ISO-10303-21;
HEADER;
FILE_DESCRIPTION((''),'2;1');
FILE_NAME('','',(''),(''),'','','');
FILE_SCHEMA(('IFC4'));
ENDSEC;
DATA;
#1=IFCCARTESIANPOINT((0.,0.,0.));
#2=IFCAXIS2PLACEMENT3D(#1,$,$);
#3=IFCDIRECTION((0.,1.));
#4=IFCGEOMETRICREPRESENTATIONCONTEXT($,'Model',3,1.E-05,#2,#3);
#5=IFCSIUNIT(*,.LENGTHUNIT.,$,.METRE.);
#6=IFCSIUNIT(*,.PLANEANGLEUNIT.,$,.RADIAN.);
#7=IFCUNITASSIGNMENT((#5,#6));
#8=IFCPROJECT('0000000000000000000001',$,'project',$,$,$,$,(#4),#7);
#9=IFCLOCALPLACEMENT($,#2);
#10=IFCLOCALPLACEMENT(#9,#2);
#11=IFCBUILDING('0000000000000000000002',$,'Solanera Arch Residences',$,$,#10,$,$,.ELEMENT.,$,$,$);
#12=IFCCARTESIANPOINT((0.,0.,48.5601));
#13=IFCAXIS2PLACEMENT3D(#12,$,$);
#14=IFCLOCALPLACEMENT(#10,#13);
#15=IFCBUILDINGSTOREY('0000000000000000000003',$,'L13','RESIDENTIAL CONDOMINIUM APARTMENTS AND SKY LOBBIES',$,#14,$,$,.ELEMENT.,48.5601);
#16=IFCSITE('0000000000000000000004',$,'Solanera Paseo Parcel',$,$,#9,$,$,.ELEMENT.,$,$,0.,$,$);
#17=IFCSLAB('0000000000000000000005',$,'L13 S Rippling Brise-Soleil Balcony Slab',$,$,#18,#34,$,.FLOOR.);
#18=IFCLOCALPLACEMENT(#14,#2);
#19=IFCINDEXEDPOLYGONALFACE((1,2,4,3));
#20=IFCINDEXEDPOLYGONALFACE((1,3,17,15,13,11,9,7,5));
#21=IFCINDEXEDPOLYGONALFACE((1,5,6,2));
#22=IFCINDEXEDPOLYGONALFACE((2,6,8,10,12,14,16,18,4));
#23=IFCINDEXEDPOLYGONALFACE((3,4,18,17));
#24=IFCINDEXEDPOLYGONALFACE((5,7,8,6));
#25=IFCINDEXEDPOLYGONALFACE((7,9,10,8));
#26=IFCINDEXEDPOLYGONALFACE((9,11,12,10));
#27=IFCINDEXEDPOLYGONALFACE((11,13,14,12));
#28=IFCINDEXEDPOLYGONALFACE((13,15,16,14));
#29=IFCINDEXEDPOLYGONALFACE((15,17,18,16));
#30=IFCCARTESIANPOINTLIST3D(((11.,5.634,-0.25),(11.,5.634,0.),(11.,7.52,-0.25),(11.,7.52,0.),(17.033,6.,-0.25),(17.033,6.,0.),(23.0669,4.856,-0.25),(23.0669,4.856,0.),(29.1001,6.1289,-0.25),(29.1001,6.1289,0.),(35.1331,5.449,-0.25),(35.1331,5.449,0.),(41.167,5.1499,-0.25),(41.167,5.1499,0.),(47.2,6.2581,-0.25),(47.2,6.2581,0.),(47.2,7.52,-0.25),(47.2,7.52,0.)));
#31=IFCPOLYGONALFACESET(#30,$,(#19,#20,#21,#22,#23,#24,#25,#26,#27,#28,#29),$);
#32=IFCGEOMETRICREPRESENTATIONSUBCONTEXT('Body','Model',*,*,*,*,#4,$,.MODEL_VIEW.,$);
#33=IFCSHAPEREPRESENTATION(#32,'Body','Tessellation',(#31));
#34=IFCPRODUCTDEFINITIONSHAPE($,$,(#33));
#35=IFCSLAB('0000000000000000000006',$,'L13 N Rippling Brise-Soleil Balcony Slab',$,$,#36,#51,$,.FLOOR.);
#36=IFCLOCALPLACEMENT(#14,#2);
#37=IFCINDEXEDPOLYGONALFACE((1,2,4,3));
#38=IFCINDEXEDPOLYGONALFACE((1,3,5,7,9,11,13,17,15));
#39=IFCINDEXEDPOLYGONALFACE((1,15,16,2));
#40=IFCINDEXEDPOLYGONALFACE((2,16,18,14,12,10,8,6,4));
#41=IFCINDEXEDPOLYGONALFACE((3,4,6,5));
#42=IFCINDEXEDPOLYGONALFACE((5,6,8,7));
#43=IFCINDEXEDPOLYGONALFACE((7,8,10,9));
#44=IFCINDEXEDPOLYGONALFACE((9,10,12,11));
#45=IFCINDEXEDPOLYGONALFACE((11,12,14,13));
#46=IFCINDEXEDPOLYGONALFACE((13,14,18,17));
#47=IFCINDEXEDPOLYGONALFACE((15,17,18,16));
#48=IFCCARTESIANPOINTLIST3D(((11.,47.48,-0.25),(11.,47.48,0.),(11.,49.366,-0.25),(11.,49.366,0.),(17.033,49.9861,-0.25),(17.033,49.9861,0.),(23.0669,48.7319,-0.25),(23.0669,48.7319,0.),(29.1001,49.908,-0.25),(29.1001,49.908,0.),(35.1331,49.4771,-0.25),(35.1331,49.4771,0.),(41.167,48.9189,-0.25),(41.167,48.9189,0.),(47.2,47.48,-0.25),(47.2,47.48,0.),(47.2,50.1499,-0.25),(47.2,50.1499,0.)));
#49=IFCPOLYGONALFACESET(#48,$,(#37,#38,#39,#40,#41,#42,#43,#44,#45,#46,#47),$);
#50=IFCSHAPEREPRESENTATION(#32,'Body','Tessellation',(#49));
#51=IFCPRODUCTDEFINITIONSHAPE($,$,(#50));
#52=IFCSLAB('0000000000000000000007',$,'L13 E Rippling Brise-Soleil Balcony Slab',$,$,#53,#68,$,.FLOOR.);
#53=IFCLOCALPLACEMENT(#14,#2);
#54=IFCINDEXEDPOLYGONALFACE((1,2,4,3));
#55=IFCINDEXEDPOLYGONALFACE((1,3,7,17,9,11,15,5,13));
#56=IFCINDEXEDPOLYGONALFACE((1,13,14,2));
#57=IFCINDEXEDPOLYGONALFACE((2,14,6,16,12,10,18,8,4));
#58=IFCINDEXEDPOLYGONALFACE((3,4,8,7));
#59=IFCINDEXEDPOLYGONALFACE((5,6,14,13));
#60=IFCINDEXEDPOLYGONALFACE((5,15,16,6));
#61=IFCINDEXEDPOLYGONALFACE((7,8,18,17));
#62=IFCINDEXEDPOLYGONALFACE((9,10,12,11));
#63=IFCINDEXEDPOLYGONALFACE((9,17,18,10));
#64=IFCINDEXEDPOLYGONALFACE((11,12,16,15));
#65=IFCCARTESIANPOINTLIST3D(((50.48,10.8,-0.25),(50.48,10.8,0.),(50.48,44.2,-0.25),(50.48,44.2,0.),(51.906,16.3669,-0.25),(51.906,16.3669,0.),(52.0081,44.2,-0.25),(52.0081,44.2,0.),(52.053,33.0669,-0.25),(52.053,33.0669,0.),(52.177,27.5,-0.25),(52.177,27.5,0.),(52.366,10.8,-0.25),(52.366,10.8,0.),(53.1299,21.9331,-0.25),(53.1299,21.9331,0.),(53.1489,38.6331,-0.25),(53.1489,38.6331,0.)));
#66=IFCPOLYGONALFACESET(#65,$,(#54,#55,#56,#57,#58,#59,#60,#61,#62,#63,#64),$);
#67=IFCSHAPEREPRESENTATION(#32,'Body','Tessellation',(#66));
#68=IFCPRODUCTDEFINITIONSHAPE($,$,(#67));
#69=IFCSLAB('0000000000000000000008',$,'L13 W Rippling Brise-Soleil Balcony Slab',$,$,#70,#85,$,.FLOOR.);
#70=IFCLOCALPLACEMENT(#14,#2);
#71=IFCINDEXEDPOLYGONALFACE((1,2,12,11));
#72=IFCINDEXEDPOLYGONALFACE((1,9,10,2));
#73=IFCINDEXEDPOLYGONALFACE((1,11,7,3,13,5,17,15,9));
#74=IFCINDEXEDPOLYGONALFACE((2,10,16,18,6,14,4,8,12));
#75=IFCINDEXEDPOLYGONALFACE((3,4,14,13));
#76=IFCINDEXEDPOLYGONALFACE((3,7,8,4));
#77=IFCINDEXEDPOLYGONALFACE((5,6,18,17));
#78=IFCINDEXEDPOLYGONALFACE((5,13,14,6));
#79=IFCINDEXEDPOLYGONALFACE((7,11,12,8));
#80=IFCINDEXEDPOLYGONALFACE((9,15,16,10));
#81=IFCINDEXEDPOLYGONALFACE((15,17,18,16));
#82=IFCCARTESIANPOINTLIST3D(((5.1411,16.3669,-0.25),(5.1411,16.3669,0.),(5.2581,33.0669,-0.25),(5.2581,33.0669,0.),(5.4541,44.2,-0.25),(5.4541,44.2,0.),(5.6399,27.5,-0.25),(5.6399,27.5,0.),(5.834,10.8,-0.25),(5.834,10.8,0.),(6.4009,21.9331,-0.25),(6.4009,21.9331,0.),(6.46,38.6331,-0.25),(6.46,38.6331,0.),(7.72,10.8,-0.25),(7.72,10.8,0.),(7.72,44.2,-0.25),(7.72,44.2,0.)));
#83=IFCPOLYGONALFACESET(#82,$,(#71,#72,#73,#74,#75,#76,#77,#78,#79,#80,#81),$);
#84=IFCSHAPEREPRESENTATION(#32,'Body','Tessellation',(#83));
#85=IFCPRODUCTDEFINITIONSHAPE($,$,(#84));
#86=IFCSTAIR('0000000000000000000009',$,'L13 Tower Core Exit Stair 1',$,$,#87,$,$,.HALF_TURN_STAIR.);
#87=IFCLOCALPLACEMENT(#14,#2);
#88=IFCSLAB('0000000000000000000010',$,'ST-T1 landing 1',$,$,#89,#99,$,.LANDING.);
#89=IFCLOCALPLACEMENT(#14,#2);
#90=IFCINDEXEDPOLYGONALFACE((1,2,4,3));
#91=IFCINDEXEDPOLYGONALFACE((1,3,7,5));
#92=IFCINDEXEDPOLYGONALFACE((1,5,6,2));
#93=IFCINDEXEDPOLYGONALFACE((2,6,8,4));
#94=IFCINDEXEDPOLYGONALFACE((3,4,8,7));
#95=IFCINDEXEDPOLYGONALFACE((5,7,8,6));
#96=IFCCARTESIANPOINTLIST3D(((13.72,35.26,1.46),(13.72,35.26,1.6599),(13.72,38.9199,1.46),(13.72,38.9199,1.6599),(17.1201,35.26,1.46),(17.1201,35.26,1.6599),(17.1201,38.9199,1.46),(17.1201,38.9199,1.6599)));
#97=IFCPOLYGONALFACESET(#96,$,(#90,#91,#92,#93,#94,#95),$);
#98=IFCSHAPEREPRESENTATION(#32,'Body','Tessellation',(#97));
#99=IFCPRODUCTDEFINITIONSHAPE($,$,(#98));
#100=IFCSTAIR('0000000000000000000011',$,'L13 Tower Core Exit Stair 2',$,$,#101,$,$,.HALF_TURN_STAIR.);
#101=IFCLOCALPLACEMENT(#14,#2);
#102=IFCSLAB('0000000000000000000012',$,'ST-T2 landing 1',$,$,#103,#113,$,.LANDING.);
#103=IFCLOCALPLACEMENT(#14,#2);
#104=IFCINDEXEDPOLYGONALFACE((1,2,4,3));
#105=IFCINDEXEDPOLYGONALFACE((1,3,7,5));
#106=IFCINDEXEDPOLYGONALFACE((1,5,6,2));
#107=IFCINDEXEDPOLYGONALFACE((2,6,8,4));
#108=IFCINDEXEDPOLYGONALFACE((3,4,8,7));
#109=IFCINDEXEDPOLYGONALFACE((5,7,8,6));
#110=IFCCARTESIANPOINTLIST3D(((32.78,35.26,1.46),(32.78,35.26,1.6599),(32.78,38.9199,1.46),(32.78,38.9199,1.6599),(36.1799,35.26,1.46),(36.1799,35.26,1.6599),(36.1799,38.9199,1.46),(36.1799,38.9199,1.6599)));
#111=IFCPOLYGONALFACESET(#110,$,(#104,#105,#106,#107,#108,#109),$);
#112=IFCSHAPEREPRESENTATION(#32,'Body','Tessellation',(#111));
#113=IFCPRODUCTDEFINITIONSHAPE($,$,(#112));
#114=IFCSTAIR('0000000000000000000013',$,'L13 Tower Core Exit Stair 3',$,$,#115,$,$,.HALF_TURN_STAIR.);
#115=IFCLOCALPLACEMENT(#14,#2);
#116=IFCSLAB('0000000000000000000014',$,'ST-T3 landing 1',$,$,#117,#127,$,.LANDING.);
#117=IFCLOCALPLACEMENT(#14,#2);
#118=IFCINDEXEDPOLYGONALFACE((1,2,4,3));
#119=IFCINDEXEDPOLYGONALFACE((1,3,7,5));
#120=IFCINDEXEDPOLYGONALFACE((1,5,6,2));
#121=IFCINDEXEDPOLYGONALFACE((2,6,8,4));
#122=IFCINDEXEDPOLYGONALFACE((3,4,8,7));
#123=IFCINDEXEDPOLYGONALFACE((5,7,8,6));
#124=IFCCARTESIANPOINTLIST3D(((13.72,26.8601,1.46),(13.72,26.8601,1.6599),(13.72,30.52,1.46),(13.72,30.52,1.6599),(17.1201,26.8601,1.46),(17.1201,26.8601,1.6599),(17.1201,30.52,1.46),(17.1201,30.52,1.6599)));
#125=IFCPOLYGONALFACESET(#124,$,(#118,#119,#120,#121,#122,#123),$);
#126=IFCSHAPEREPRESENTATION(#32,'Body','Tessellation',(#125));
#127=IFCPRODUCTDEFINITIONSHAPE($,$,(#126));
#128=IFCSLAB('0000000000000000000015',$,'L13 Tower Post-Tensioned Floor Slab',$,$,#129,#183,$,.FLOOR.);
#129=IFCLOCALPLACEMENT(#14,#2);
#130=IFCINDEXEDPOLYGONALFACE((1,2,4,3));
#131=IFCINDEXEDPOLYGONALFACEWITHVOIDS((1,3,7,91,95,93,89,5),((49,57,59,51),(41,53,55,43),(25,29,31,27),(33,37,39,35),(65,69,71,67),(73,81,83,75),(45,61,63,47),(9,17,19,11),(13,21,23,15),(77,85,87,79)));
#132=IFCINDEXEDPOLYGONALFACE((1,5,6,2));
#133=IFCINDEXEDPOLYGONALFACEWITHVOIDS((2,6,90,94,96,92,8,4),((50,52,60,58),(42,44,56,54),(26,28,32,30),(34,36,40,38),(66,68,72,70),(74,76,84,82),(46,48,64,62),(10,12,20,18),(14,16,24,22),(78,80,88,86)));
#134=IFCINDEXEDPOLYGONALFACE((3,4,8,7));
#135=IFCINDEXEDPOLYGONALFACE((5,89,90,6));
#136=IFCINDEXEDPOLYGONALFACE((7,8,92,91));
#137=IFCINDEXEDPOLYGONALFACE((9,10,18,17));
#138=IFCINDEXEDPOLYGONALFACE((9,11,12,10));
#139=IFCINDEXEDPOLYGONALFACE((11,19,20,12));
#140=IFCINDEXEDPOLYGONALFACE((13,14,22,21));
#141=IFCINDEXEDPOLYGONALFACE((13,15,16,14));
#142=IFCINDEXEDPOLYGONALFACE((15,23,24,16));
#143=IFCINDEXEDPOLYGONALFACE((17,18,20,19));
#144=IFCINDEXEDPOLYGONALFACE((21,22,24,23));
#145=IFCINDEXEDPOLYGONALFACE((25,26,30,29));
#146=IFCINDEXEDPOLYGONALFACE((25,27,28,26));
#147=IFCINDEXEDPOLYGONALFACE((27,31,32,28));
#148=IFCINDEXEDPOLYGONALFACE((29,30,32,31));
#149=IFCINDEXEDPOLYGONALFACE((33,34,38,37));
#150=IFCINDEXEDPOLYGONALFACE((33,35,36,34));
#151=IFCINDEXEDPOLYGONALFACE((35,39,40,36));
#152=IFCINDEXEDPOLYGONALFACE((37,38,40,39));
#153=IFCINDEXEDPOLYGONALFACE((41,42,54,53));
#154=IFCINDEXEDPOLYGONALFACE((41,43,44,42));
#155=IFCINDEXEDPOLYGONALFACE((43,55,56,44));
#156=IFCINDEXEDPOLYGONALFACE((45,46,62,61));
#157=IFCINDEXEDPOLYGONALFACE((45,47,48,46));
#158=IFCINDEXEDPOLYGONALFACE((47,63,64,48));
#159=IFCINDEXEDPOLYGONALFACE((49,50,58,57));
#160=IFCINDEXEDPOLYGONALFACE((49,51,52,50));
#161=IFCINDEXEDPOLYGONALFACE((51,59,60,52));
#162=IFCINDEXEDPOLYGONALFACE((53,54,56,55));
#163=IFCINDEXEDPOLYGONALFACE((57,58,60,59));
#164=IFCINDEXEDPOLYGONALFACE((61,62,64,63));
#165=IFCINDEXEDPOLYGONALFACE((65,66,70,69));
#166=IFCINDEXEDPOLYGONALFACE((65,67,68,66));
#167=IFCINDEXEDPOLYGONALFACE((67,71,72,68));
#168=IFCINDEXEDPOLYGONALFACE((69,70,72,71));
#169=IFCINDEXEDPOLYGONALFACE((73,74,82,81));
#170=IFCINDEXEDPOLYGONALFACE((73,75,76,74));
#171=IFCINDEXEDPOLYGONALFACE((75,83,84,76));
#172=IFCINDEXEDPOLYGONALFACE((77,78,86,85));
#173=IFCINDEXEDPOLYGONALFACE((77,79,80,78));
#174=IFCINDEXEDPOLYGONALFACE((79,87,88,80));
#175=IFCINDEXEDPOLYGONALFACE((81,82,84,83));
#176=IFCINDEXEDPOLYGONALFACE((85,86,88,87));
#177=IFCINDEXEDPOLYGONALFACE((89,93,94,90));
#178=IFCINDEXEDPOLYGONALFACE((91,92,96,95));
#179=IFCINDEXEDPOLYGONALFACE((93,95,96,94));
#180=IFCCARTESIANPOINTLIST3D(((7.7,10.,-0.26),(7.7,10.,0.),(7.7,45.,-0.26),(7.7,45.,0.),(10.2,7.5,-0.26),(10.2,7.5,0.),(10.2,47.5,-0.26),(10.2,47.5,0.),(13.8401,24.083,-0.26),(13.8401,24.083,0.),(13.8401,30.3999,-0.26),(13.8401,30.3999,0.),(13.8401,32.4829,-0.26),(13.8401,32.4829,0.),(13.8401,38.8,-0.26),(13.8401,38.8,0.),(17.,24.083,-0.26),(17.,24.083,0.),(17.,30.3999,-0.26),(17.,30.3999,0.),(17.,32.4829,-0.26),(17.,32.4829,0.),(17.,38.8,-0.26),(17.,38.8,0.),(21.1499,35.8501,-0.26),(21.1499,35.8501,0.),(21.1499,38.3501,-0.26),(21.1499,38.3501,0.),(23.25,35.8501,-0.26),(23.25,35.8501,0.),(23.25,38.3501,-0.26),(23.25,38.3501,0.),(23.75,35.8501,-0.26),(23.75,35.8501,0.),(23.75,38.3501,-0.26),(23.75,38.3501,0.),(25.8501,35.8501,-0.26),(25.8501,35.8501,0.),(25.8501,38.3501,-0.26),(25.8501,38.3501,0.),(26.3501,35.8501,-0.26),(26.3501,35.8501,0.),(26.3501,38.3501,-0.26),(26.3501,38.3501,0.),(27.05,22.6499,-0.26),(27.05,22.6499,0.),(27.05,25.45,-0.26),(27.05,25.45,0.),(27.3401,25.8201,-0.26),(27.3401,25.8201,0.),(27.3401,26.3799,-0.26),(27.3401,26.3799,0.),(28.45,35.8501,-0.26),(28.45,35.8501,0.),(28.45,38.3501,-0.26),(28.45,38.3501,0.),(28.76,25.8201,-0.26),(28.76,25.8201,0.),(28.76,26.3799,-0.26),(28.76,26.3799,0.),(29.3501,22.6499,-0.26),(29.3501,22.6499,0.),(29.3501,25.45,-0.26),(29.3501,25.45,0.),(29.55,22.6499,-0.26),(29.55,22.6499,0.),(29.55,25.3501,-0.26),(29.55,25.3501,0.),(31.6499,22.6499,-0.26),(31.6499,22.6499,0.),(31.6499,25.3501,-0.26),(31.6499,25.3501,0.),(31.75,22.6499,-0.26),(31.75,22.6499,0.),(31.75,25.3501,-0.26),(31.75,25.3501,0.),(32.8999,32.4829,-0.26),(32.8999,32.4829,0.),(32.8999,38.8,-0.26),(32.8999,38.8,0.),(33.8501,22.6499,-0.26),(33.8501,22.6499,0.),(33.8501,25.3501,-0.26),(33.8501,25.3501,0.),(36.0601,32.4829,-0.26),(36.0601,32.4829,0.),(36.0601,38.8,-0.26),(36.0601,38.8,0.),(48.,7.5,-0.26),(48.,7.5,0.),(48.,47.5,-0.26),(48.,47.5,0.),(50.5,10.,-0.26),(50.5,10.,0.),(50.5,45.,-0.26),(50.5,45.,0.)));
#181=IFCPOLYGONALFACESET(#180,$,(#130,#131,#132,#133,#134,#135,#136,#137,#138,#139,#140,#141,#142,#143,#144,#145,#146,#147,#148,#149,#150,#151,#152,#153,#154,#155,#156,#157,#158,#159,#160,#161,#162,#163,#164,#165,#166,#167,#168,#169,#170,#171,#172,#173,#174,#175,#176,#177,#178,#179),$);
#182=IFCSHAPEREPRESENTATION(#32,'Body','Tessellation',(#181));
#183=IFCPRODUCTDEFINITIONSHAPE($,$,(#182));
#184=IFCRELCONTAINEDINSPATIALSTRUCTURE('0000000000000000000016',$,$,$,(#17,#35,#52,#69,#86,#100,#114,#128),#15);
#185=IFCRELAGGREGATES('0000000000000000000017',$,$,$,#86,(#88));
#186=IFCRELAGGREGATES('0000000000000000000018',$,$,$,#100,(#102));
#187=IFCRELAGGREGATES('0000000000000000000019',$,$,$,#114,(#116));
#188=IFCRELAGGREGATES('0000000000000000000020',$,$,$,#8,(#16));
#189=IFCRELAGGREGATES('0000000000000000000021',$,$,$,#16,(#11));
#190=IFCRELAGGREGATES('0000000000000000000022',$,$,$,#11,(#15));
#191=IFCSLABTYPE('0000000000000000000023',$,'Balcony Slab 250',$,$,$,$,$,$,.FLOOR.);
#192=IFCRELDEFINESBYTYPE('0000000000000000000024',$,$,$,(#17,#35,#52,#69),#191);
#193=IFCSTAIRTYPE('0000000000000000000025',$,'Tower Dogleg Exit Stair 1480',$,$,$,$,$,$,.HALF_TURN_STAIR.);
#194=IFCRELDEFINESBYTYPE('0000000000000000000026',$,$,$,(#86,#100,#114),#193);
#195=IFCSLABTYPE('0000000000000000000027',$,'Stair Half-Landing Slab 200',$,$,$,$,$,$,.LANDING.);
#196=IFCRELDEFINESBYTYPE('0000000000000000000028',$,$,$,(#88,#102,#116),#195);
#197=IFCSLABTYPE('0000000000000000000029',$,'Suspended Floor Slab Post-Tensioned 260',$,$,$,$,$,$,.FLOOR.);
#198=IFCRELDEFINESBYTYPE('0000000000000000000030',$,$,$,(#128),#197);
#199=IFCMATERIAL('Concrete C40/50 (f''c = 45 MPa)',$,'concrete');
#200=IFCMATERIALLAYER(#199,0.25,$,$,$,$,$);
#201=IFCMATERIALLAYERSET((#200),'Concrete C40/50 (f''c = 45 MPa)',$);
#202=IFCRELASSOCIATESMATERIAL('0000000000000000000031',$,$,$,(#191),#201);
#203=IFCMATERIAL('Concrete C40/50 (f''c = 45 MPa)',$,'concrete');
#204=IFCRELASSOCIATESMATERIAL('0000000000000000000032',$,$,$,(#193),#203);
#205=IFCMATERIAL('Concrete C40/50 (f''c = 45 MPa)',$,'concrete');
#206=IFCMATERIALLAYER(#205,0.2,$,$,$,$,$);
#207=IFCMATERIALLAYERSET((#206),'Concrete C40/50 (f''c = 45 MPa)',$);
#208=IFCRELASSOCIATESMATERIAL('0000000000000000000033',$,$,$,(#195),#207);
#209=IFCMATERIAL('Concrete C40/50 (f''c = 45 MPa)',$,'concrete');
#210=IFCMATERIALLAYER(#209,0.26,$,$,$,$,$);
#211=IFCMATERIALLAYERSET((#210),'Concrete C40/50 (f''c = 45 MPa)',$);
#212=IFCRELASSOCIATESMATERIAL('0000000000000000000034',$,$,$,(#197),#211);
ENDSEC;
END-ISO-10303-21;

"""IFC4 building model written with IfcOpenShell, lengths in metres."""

from ifc_helpers import new_model, si_unit, direction, frame, origin, place, context, subcontext, project, spatial, polyline, outline, extrude, material, layer, layer_set, type_object, element, aggregate, save


model = new_model("IFC4")

# Units and contexts
model_context = context("Model", 3, precision=1e-05, world=origin(), true_north=direction((0.0, 1.0)))
body_context = subcontext(model_context, "Body", "Model", "MODEL_VIEW")
ifc_project = project(units=[si_unit("LENGTHUNIT", "METRE"), si_unit("PLANEANGLEUNIT", "RADIAN")], contexts=[model_context])

# Site, building, storey
site_placement = place(None, origin())
site = spatial("IfcSite", under=ifc_project, at=site_placement, Name="Solanera Paseo Parcel", CompositionType="ELEMENT", RefElevation=0.0)
building_placement = place(site_placement, origin())
building = spatial("IfcBuilding", under=site, at=building_placement, Name="Solanera Arch Residences", CompositionType="ELEMENT")
storey_placement = place(building_placement, frame((0.0, 0.0, 48.5601)))
storey = spatial("IfcBuildingStorey", under=building, at=storey_placement, Name="L13", Description="RESIDENTIAL CONDOMINIUM APARTMENTS AND SKY LOBBIES", CompositionType="ELEMENT", Elevation=48.5601)

# Slabs
ifc_material_1 = material(Name="Concrete C40/50 (f'c = 45 MPa)", Category="concrete")
ifc_layer_1 = layer(ifc_material_1, 0.25)
ifc_layer_set_1 = layer_set([ifc_layer_1], Name="Concrete C40/50 (f'c = 45 MPa)")
slab_type_1 = type_object("IfcSlabType", Name="Balcony Slab 250", PredefinedType="FLOOR", material=ifc_layer_set_1)
slab_1_placement = place(storey_placement, frame((0.0, 0.0, -0.25)))
element("IfcSlab", 1, at=slab_1_placement, inside=storey, type_object=slab_type_1, Name="L13 S Rippling Brise-Soleil Balcony Slab", PredefinedType="FLOOR", context=body_context, shape_type="SweptSolid", body=[
    extrude(outline(polyline([(11.0, 5.634), (17.033, 6.0), (23.0669, 4.856), (29.1001, 6.1289), (35.1331, 5.449), (41.167, 5.1499), (47.2, 6.2581), (47.2, 7.52), (11.0, 7.52), (11.0, 5.634)])), origin(), (0.0, 0.0, 1.0), 0.25),
])
slab_2_placement = place(storey_placement, frame((0.0, 0.0, -0.25)))
element("IfcSlab", 2, at=slab_2_placement, inside=storey, type_object=slab_type_1, Name="L13 N Rippling Brise-Soleil Balcony Slab", PredefinedType="FLOOR", context=body_context, shape_type="SweptSolid", body=[
    extrude(outline(polyline([(47.2, 50.1499), (41.167, 48.9189), (35.1331, 49.4771), (29.1001, 49.908), (23.0669, 48.7319), (17.033, 49.9861), (11.0, 49.366), (11.0, 47.48), (47.2, 47.48), (47.2, 50.1499)])), origin(), (0.0, 0.0, 1.0), 0.25),
])
slab_3_placement = place(storey_placement, frame((0.0, 0.0, -0.25)))
element("IfcSlab", 3, at=slab_3_placement, inside=storey, type_object=slab_type_1, Name="L13 E Rippling Brise-Soleil Balcony Slab", PredefinedType="FLOOR", context=body_context, shape_type="SweptSolid", body=[
    extrude(outline(polyline([(52.366, 10.8), (51.906, 16.3669), (53.1299, 21.9331), (52.177, 27.5), (52.053, 33.0669), (53.1489, 38.6331), (52.0081, 44.2), (50.48, 44.2), (50.48, 10.8), (52.366, 10.8)])), origin(), (0.0, 0.0, 1.0), 0.25),
])
slab_4_placement = place(storey_placement, frame((0.0, 0.0, -0.25)))
element("IfcSlab", 4, at=slab_4_placement, inside=storey, type_object=slab_type_1, Name="L13 W Rippling Brise-Soleil Balcony Slab", PredefinedType="FLOOR", context=body_context, shape_type="SweptSolid", body=[
    extrude(outline(polyline([(5.4541, 44.2), (6.46, 38.6331), (5.2581, 33.0669), (5.6399, 27.5), (6.4009, 21.9331), (5.1411, 16.3669), (5.834, 10.8), (7.72, 10.8), (7.72, 44.2), (5.4541, 44.2)])), origin(), (0.0, 0.0, 1.0), 0.25),
])

# Stairs, slabs
ifc_material_2 = material(Name="Concrete C40/50 (f'c = 45 MPa)", Category="concrete")
stair_type = type_object("IfcStairType", Name="Tower Dogleg Exit Stair 1480", PredefinedType="HALF_TURN_STAIR", material=ifc_material_2)
stair_1_placement = place(storey_placement, origin())
stair_1 = element("IfcStair", 5, at=stair_1_placement, inside=storey, type_object=stair_type, Name="L13 Tower Core Exit Stair 1", PredefinedType="HALF_TURN_STAIR")
ifc_material_3 = material(Name="Concrete C40/50 (f'c = 45 MPa)", Category="concrete")
ifc_layer_2 = layer(ifc_material_3, 0.2)
ifc_layer_set_2 = layer_set([ifc_layer_2], Name="Concrete C40/50 (f'c = 45 MPa)")
slab_type_2 = type_object("IfcSlabType", Name="Stair Half-Landing Slab 200", PredefinedType="LANDING", material=ifc_layer_set_2)
slab_5_placement = place(storey_placement, frame((0.0, 0.0, 1.46)))
slab_5 = element("IfcSlab", 6, at=slab_5_placement, type_object=slab_type_2, Name="ST-T1 landing 1", PredefinedType="LANDING", context=body_context, shape_type="SweptSolid", body=[
    extrude(outline(polyline([(17.1201, 35.26), (17.1201, 38.9199), (13.72, 38.9199), (13.72, 35.26), (17.1201, 35.26)])), origin(), (0.0, 0.0, 1.0), 0.2),
])
aggregate(stair_1, [slab_5])
stair_2_placement = place(storey_placement, origin())
stair_2 = element("IfcStair", 7, at=stair_2_placement, inside=storey, type_object=stair_type, Name="L13 Tower Core Exit Stair 2", PredefinedType="HALF_TURN_STAIR")
slab_6_placement = place(storey_placement, frame((0.0, 0.0, 1.46)))
slab_6 = element("IfcSlab", 8, at=slab_6_placement, type_object=slab_type_2, Name="ST-T2 landing 1", PredefinedType="LANDING", context=body_context, shape_type="SweptSolid", body=[
    extrude(outline(polyline([(36.1799, 35.26), (36.1799, 38.9199), (32.78, 38.9199), (32.78, 35.26), (36.1799, 35.26)])), origin(), (0.0, 0.0, 1.0), 0.2),
])
aggregate(stair_2, [slab_6])
stair_3_placement = place(storey_placement, origin())
stair_3 = element("IfcStair", 9, at=stair_3_placement, inside=storey, type_object=stair_type, Name="L13 Tower Core Exit Stair 3", PredefinedType="HALF_TURN_STAIR")
slab_7_placement = place(storey_placement, frame((0.0, 0.0, 1.46)))
slab_7 = element("IfcSlab", 10, at=slab_7_placement, type_object=slab_type_2, Name="ST-T3 landing 1", PredefinedType="LANDING", context=body_context, shape_type="SweptSolid", body=[
    extrude(outline(polyline([(17.1201, 26.8601), (17.1201, 30.52), (13.72, 30.52), (13.72, 26.8601), (17.1201, 26.8601)])), origin(), (0.0, 0.0, 1.0), 0.2),
])
aggregate(stair_3, [slab_7])

# Slab
ifc_material_4 = material(Name="Concrete C40/50 (f'c = 45 MPa)", Category="concrete")
ifc_layer_3 = layer(ifc_material_4, 0.26)
ifc_layer_set_3 = layer_set([ifc_layer_3], Name="Concrete C40/50 (f'c = 45 MPa)")
slab_type_3 = type_object("IfcSlabType", Name="Suspended Floor Slab Post-Tensioned 260", PredefinedType="FLOOR", material=ifc_layer_set_3)
slab_8_placement = place(storey_placement, frame((0.0, 0.0, -0.26)))
element("IfcSlab", 11, at=slab_8_placement, inside=storey, type_object=slab_type_3, Name="L13 Tower Post-Tensioned Floor Slab", PredefinedType="FLOOR", context=body_context, shape_type="SweptSolid", body=[
    extrude(outline(polyline([(10.2, 7.5), (48.0, 7.5), (50.5, 10.0), (50.5, 45.0), (48.0, 47.5), (10.2, 47.5), (7.7, 45.0), (7.7, 10.0), (10.2, 7.5)]), holes=[polyline([(13.8401, 32.4829), (13.8401, 38.8), (17.0, 38.8), (17.0, 32.4829), (13.8401, 32.4829)]), polyline([(32.8999, 32.4829), (32.8999, 38.8), (36.0601, 38.8), (36.0601, 32.4829), (32.8999, 32.4829)]), polyline([(13.8401, 24.083), (13.8401, 30.3999), (17.0, 30.3999), (17.0, 24.083), (13.8401, 24.083)]), polyline([(21.1499, 38.3501), (23.25, 38.3501), (23.25, 35.8501), (21.1499, 35.8501), (21.1499, 38.3501)]), polyline([(23.75, 38.3501), (25.8501, 38.3501), (25.8501, 35.8501), (23.75, 35.8501), (23.75, 38.3501)]), polyline([(26.3501, 38.3501), (28.45, 38.3501), (28.45, 35.8501), (26.3501, 35.8501), (26.3501, 38.3501)]), polyline([(29.55, 25.3501), (31.6499, 25.3501), (31.6499, 22.6499), (29.55, 22.6499), (29.55, 25.3501)]), polyline([(31.75, 25.3501), (33.8501, 25.3501), (33.8501, 22.6499), (31.75, 22.6499), (31.75, 25.3501)]), polyline([(27.05, 25.45), (29.3501, 25.45), (29.3501, 22.6499), (27.05, 22.6499), (27.05, 25.45)]), polyline([(27.3401, 26.3799), (28.76, 26.3799), (28.76, 25.8201), (27.3401, 25.8201), (27.3401, 26.3799)])]), origin(), (0.0, 0.0, 1.0), 0.26),
])

save(model, "model.ifc")
